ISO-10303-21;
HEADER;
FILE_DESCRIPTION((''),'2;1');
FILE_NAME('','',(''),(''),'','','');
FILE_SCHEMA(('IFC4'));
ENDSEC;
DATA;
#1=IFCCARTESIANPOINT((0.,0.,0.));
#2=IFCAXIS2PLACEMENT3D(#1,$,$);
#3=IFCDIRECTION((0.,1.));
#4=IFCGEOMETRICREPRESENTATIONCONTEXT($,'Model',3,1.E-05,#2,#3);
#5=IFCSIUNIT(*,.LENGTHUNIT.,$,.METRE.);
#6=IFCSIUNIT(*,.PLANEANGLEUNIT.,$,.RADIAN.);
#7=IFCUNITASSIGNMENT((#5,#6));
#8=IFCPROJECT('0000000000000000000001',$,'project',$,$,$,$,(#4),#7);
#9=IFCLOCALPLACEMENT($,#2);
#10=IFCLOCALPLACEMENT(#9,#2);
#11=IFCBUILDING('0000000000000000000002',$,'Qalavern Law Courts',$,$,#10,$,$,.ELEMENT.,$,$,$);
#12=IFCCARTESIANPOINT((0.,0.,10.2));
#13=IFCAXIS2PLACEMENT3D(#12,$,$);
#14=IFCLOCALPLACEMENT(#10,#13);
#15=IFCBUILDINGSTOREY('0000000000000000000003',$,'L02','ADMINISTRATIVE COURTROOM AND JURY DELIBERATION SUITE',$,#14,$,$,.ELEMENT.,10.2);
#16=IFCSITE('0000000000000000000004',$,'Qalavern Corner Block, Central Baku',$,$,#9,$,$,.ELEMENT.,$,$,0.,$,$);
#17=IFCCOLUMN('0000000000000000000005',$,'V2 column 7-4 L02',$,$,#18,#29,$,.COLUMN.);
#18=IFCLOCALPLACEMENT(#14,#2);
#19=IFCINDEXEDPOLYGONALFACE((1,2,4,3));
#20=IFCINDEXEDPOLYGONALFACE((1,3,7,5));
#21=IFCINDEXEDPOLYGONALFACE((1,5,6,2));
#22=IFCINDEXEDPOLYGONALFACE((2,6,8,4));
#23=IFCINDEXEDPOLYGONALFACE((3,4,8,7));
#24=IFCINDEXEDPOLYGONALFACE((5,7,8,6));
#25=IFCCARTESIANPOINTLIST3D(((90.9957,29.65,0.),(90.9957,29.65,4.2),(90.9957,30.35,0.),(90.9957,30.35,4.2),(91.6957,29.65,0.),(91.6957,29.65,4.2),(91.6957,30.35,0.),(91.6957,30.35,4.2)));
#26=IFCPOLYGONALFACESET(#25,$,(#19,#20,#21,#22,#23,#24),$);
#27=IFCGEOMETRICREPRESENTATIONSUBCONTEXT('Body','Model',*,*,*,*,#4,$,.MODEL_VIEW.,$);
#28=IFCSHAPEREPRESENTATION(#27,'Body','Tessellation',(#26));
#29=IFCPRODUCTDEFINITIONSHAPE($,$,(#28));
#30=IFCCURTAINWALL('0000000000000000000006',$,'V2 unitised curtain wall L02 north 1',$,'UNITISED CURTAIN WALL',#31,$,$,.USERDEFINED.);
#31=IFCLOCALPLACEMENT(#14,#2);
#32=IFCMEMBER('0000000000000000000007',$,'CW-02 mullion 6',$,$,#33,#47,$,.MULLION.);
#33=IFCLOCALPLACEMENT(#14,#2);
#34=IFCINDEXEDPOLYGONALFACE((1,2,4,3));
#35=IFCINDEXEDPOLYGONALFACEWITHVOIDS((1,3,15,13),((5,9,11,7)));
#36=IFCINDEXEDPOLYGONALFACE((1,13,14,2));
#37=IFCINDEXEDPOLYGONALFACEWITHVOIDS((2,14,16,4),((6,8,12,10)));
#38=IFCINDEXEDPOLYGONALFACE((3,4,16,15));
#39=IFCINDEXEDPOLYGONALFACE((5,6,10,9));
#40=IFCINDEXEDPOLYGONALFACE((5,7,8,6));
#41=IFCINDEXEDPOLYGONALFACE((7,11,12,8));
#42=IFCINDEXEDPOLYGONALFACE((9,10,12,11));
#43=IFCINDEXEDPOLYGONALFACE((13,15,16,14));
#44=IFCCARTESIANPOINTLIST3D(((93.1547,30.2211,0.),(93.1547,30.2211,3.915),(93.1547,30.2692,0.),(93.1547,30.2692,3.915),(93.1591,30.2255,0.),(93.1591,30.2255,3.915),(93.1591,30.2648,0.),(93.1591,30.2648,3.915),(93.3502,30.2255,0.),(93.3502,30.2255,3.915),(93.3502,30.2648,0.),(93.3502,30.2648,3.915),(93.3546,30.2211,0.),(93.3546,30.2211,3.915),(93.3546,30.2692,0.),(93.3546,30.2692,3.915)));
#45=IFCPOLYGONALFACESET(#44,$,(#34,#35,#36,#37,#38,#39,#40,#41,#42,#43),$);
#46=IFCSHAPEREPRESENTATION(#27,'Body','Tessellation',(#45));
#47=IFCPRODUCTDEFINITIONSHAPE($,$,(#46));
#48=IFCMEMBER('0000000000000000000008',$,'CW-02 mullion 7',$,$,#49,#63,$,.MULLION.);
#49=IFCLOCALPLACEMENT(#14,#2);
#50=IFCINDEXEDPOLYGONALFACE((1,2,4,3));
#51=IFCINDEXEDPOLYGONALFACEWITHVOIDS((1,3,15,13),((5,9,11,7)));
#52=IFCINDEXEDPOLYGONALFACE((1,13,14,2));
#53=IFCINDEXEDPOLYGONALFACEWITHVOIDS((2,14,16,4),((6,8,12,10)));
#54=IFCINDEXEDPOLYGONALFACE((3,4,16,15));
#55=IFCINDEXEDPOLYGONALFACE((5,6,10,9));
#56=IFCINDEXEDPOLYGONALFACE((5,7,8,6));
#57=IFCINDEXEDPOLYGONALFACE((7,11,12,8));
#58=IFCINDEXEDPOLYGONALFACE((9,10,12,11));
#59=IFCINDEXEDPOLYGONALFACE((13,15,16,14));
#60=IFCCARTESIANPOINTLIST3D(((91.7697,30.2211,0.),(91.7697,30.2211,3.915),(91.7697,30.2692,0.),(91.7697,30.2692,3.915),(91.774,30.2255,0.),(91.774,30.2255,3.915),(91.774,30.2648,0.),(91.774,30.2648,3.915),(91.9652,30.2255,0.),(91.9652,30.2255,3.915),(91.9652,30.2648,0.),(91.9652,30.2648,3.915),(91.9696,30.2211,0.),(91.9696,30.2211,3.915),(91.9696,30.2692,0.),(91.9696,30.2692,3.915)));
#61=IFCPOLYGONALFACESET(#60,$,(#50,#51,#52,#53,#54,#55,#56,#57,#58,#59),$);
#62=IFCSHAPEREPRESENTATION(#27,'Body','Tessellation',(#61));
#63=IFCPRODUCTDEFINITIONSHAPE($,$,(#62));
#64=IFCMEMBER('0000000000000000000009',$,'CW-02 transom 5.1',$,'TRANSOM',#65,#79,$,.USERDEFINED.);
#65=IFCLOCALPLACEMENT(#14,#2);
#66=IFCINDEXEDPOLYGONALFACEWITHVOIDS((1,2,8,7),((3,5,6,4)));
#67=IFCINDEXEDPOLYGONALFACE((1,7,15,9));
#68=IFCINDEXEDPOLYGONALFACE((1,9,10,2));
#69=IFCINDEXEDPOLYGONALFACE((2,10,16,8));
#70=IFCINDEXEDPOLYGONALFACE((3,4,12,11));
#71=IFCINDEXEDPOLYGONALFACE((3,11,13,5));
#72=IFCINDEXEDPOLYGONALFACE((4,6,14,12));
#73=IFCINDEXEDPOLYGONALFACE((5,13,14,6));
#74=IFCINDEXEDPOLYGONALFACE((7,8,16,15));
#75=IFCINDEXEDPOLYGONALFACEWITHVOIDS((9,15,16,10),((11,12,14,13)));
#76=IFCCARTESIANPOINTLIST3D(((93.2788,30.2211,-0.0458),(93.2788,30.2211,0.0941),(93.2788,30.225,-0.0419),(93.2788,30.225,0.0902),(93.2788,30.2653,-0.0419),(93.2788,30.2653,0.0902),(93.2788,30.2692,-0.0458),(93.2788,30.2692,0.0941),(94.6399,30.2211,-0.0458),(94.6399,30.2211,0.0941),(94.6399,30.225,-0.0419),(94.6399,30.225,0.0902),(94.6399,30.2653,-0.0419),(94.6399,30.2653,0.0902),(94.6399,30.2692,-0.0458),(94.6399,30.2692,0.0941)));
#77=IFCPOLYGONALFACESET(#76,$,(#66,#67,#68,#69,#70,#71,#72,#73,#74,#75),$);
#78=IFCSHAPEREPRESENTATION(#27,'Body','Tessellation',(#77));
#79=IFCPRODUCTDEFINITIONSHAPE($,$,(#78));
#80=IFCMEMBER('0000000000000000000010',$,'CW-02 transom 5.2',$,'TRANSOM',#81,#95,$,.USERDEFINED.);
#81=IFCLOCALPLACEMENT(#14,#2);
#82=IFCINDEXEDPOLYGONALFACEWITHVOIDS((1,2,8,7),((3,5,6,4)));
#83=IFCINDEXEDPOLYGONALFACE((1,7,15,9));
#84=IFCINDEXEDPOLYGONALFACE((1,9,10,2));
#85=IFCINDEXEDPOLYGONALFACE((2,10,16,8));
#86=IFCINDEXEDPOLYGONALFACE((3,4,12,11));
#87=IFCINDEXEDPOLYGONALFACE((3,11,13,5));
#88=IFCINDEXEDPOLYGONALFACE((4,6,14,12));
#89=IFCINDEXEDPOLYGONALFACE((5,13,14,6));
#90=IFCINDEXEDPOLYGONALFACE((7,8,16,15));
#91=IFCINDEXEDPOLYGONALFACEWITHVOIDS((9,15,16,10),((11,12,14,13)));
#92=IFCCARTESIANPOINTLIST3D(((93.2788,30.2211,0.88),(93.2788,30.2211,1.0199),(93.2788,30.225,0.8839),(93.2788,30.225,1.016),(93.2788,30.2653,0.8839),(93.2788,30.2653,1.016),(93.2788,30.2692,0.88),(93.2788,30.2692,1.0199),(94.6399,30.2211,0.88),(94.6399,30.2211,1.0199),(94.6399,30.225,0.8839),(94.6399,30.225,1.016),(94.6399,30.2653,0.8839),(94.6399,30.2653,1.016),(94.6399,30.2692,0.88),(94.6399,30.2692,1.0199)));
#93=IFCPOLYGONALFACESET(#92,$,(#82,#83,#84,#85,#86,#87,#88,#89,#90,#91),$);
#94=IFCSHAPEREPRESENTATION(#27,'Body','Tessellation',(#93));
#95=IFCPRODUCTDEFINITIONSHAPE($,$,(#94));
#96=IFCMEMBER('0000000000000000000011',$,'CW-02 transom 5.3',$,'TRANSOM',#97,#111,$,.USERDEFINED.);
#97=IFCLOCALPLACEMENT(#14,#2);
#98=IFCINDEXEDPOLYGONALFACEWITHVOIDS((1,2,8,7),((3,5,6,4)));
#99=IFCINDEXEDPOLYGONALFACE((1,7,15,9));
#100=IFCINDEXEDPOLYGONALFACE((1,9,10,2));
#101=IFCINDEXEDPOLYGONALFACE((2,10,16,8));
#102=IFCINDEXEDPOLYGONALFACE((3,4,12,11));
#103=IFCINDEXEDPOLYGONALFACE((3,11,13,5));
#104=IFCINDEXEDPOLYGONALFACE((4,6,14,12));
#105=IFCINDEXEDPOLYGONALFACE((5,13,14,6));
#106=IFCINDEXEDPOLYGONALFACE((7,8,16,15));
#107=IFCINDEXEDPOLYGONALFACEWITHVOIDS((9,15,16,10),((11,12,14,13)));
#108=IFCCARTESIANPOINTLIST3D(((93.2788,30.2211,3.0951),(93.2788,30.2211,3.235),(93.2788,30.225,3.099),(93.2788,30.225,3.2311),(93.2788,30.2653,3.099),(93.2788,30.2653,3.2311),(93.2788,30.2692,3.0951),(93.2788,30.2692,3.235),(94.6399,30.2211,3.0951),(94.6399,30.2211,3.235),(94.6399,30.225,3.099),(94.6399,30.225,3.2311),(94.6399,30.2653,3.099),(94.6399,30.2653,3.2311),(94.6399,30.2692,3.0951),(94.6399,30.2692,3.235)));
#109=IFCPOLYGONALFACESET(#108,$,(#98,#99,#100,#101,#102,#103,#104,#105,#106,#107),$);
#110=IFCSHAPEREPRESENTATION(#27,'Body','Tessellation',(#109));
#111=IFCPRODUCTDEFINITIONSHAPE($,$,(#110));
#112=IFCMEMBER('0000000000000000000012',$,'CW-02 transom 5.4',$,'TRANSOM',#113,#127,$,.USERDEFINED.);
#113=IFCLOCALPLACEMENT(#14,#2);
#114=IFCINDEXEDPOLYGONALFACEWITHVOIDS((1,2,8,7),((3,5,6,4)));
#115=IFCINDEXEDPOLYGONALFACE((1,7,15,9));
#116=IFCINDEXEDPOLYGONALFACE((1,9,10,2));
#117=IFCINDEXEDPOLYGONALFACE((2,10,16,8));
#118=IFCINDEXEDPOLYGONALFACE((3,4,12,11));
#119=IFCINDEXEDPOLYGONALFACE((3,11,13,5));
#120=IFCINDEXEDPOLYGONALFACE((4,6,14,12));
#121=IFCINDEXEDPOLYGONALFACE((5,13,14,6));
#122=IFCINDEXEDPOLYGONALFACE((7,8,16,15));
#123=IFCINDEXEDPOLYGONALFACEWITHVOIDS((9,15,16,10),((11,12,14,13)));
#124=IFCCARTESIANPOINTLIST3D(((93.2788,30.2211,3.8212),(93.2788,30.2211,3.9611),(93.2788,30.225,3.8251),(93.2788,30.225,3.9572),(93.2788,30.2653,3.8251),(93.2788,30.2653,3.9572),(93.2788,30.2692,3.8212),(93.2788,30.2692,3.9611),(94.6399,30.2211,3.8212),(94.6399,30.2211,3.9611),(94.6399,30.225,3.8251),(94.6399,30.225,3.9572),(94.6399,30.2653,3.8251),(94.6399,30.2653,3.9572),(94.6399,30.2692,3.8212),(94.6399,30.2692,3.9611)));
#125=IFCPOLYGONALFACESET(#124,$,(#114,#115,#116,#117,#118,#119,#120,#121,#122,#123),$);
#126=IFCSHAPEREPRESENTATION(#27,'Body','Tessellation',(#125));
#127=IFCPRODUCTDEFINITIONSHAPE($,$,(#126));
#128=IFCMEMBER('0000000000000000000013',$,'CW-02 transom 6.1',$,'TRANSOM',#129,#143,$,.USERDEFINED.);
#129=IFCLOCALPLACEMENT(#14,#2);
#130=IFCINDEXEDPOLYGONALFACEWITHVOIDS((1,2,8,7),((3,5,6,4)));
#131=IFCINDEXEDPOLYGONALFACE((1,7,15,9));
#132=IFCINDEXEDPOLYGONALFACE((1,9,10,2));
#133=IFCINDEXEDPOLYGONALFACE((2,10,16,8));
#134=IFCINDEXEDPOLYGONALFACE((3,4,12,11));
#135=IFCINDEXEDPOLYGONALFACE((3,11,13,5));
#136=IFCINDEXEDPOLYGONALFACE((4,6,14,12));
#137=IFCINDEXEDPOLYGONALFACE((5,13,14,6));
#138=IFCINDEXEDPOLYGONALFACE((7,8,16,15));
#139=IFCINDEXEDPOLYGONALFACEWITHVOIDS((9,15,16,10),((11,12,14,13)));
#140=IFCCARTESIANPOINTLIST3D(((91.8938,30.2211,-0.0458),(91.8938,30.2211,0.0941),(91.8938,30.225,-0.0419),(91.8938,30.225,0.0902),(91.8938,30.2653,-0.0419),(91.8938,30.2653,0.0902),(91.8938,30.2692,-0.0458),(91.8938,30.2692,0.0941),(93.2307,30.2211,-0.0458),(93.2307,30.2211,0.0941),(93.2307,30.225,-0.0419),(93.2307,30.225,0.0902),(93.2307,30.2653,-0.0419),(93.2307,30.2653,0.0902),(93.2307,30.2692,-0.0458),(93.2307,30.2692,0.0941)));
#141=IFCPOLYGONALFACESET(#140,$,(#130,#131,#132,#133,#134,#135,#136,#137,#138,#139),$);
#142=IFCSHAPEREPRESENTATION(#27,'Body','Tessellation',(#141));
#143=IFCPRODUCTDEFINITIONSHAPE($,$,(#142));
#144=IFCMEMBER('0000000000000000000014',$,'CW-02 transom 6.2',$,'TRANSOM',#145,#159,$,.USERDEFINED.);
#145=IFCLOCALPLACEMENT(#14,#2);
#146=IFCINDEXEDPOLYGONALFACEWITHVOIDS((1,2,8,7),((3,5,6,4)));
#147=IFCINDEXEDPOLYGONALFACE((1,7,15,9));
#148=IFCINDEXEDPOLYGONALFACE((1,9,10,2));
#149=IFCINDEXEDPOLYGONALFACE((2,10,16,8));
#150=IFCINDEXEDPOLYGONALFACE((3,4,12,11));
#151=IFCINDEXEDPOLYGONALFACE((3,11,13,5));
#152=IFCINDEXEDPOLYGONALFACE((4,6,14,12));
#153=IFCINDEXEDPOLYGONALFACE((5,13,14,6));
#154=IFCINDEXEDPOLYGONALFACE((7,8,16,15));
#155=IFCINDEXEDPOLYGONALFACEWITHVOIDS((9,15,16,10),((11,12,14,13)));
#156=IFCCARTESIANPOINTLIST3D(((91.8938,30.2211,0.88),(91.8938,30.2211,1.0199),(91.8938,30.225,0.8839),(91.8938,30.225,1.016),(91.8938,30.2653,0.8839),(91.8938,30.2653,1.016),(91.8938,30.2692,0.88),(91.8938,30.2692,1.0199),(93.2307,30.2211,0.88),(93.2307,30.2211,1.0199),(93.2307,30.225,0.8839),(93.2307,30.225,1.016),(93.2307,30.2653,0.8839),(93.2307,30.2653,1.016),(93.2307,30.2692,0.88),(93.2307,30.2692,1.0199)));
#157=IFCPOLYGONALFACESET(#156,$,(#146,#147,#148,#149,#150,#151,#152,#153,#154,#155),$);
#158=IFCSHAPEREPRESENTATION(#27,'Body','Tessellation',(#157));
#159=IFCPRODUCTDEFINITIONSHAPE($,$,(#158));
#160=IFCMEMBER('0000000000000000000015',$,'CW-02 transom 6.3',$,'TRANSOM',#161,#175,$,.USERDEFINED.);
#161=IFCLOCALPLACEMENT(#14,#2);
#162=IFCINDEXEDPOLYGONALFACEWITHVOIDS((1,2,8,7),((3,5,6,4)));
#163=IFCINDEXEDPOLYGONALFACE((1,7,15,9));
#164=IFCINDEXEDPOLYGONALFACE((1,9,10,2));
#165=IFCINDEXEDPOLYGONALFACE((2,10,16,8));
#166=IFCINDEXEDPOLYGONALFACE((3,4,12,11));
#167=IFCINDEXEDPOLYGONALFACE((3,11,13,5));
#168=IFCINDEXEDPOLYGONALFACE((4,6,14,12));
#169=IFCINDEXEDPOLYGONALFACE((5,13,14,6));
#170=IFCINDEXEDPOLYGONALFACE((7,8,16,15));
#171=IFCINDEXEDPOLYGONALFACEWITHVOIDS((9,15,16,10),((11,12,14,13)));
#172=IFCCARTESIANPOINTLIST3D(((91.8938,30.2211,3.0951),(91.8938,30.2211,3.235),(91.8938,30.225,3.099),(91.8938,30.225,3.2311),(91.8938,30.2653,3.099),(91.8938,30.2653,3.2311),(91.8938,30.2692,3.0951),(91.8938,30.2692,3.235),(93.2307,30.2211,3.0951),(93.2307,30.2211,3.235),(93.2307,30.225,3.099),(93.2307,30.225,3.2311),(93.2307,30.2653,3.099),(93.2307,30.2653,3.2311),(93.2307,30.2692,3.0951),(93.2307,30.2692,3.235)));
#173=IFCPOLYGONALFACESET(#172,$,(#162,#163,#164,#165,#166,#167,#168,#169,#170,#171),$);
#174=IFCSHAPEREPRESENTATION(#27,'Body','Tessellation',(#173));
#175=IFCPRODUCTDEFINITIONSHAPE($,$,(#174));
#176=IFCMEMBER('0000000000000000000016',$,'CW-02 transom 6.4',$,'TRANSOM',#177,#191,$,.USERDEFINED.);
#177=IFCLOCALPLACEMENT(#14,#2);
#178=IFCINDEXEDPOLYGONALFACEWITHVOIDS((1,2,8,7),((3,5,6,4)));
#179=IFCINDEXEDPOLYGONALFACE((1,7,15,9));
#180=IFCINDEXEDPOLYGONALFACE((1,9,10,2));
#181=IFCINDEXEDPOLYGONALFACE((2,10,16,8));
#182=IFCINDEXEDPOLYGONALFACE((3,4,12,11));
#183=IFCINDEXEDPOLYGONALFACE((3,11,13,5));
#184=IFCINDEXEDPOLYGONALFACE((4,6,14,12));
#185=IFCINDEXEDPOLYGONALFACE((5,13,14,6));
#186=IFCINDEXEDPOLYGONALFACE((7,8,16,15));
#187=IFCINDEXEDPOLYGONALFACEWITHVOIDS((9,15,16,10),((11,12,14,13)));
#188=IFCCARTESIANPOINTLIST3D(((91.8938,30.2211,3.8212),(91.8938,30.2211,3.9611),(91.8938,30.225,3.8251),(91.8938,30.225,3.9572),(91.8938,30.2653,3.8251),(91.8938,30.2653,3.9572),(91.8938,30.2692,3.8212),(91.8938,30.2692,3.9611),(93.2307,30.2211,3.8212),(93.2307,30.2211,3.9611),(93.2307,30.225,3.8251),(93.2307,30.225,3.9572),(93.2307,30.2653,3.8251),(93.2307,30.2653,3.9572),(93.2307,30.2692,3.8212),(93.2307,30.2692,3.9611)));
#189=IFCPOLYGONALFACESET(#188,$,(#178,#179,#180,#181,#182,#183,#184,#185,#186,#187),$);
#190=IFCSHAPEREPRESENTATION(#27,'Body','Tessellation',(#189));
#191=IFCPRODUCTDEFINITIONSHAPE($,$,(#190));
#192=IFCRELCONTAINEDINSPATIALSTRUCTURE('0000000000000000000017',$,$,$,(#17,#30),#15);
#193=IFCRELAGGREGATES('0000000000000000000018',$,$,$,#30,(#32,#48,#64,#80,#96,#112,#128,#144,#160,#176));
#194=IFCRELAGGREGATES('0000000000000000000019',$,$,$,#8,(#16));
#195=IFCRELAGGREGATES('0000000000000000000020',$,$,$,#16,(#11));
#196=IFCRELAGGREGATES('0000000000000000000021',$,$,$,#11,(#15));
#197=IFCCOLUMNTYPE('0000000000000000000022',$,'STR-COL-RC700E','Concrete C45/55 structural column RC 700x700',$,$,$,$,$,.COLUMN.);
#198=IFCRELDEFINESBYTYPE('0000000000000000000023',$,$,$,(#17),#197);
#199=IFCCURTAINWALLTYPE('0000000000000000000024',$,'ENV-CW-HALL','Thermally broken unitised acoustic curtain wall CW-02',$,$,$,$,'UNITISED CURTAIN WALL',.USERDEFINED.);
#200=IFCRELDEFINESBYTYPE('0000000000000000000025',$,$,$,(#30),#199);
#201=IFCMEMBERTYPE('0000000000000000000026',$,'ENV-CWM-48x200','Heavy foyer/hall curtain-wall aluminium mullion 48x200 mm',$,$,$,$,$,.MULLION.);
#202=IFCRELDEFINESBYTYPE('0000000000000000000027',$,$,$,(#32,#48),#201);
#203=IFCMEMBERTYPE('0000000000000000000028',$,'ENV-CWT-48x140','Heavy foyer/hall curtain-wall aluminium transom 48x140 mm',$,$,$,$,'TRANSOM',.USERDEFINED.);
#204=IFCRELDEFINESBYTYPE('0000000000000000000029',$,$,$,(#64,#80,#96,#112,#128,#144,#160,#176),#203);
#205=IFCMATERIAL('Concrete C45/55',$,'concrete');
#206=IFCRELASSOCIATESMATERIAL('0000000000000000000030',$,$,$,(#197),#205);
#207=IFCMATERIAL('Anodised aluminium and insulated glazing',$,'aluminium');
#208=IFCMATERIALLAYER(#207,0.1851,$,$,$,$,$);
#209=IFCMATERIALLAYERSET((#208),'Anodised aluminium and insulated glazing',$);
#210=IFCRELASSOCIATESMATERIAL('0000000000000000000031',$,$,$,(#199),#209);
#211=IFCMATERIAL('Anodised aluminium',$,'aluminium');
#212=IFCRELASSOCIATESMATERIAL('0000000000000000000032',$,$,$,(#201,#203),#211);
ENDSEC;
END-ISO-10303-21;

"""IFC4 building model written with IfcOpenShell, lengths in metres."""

from ifc_helpers import new_model, si_unit, direction, frame, origin, origin_2d, place, context, subcontext, project, spatial, rectangle, hollow_rectangle, extrude, material, layer, layer_set, material_profile, profile_set, type_object, element, aggregate, save


model = new_model("IFC4")

# Units and contexts
model_context = context("Model", 3, precision=1e-05, world=origin(), true_north=direction((0.0, 1.0)))
body_context = subcontext(model_context, "Body", "Model", "MODEL_VIEW")
ifc_project = project(units=[si_unit("LENGTHUNIT", "METRE"), si_unit("PLANEANGLEUNIT", "RADIAN")], contexts=[model_context])

# Site, building, storey
site_placement = place(None, origin())
site = spatial("IfcSite", under=ifc_project, at=site_placement, Name="Qalavern Corner Block, Central Baku", CompositionType="ELEMENT", RefElevation=0.0)
building_placement = place(site_placement, origin())
building = spatial("IfcBuilding", under=site, at=building_placement, Name="Qalavern Law Courts", CompositionType="ELEMENT")
storey_placement = place(building_placement, frame((0.0, 0.0, 10.2)))
storey = spatial("IfcBuildingStorey", under=building, at=storey_placement, Name="L02", Description="ADMINISTRATIVE COURTROOM AND JURY DELIBERATION SUITE", CompositionType="ELEMENT", Elevation=10.2)

# Column
ifc_material_1 = material(Name="Concrete C45/55", Category="concrete")
ifc_material_profile_1 = material_profile(ifc_material_1, rectangle(XDim=0.7, YDim=0.7, at=origin_2d()), Name="RC 700x700")
ifc_profile_set_1 = profile_set([ifc_material_profile_1], Name="Concrete C45/55")
column_type = type_object("IfcColumnType", Name="STR-COL-RC700E", Description="Concrete C45/55 structural column RC 700x700", PredefinedType="COLUMN", material=ifc_profile_set_1)
column_placement = place(storey_placement, frame((91.3457, 30.0, 0.0), z_axis=(0.0, 0.0, 1.0), x_axis=(1.0, 0.0, 0.0)))
element("IfcColumn", 1, at=column_placement, inside=storey, type_object=column_type, Name="V2 column 7-4 L02", PredefinedType="COLUMN", context=body_context, shape_type="SweptSolid", body=[
    extrude(rectangle(XDim=0.7, YDim=0.7, at=origin_2d()), origin(), (0.0, 0.0, 1.0), 4.2),
])

# Curtain wall, members
ifc_material_2 = material(Name="Anodised aluminium and insulated glazing", Category="aluminium")
ifc_layer_1 = layer(ifc_material_2, 0.1851)
ifc_layer_set_1 = layer_set([ifc_layer_1], Name="Anodised aluminium and insulated glazing")
curtain_wall_type = type_object("IfcCurtainWallType", Name="ENV-CW-HALL", Description="Thermally broken unitised acoustic curtain wall CW-02", ElementType="UNITISED CURTAIN WALL", PredefinedType="USERDEFINED", material=ifc_layer_set_1)
curtain_wall_placement = place(storey_placement, origin())
curtain_wall = element("IfcCurtainWall", 2, at=curtain_wall_placement, inside=storey, type_object=curtain_wall_type, Name="V2 unitised curtain wall L02 north 1", ObjectType="UNITISED CURTAIN WALL", PredefinedType="USERDEFINED")
ifc_material_3 = material(Name="Anodised aluminium", Category="aluminium")
ifc_material_profile_2 = material_profile(ifc_material_3, hollow_rectangle(XDim=0.0481, YDim=0.2, WallThickness=0.0044, at=origin_2d()), Name="ALU MULLION 48x200")
ifc_profile_set_2 = profile_set([ifc_material_profile_2], Name="Anodised aluminium")
member_type_1 = type_object("IfcMemberType", Name="ENV-CWM-48x200", Description="Heavy foyer/hall curtain-wall aluminium mullion 48x200 mm", PredefinedType="MULLION", material=ifc_profile_set_2)
member_1_placement = place(storey_placement, frame((93.2546, 30.2451, 0.0), z_axis=(0.0, 0.0, 1.0), x_axis=(0.0, -1.0, 0.0)))
member_1 = element("IfcMember", 3, at=member_1_placement, type_object=member_type_1, Name="CW-02 mullion 6", PredefinedType="MULLION", context=body_context, shape_type="SweptSolid", body=[
    extrude(hollow_rectangle(XDim=0.0481, YDim=0.2, WallThickness=0.0044, at=origin_2d()), origin(), (0.0, 0.0, 1.0), 3.915),
])
member_2_placement = place(storey_placement, frame((91.8696, 30.2451, 0.0), z_axis=(0.0, 0.0, 1.0), x_axis=(0.0, -1.0, 0.0)))
member_2 = element("IfcMember", 4, at=member_2_placement, type_object=member_type_1, Name="CW-02 mullion 7", PredefinedType="MULLION", context=body_context, shape_type="SweptSolid", body=[
    extrude(hollow_rectangle(XDim=0.0481, YDim=0.2, WallThickness=0.0044, at=origin_2d()), origin(), (0.0, 0.0, 1.0), 3.915),
])
ifc_material_profile_3 = material_profile(ifc_material_3, hollow_rectangle(XDim=0.0481, YDim=0.1399, WallThickness=0.0039, at=origin_2d()), Name="ALU TRANSOM 48x140")
ifc_profile_set_3 = profile_set([ifc_material_profile_3], Name="Anodised aluminium")
member_type_2 = type_object("IfcMemberType", Name="ENV-CWT-48x140", Description="Heavy foyer/hall curtain-wall aluminium transom 48x140 mm", ElementType="TRANSOM", PredefinedType="USERDEFINED", material=ifc_profile_set_3)
member_3_placement = place(storey_placement, frame((94.6399, 30.2451, 0.0242), z_axis=(-1.0, 0.0, 0.0), x_axis=(0.0, -1.0, 0.0)))
member_3 = element("IfcMember", 5, at=member_3_placement, type_object=member_type_2, Name="CW-02 transom 5.1", ObjectType="TRANSOM", PredefinedType="USERDEFINED", context=body_context, shape_type="SweptSolid", body=[
    extrude(hollow_rectangle(XDim=0.0481, YDim=0.1399, WallThickness=0.0039, at=origin_2d()), origin(), (0.0, 0.0, 1.0), 1.3611),
])
member_4_placement = place(storey_placement, frame((94.6399, 30.2451, 0.95), z_axis=(-1.0, 0.0, 0.0), x_axis=(0.0, -1.0, 0.0)))
member_4 = element("IfcMember", 6, at=member_4_placement, type_object=member_type_2, Name="CW-02 transom 5.2", ObjectType="TRANSOM", PredefinedType="USERDEFINED", context=body_context, shape_type="SweptSolid", body=[
    extrude(hollow_rectangle(XDim=0.0481, YDim=0.1399, WallThickness=0.0039, at=origin_2d()), origin(), (0.0, 0.0, 1.0), 1.3611),
])
member_5_placement = place(storey_placement, frame((94.6399, 30.2451, 3.165), z_axis=(-1.0, 0.0, 0.0), x_axis=(0.0, -1.0, 0.0)))
member_5 = element("IfcMember", 7, at=member_5_placement, type_object=member_type_2, Name="CW-02 transom 5.3", ObjectType="TRANSOM", PredefinedType="USERDEFINED", context=body_context, shape_type="SweptSolid", body=[
    extrude(hollow_rectangle(XDim=0.0481, YDim=0.1399, WallThickness=0.0039, at=origin_2d()), origin(), (0.0, 0.0, 1.0), 1.3611),
])
member_6_placement = place(storey_placement, frame((94.6399, 30.2451, 3.8911), z_axis=(-1.0, 0.0, 0.0), x_axis=(0.0, -1.0, 0.0)))
member_6 = element("IfcMember", 8, at=member_6_placement, type_object=member_type_2, Name="CW-02 transom 5.4", ObjectType="TRANSOM", PredefinedType="USERDEFINED", context=body_context, shape_type="SweptSolid", body=[
    extrude(hollow_rectangle(XDim=0.0481, YDim=0.1399, WallThickness=0.0039, at=origin_2d()), origin(), (0.0, 0.0, 1.0), 1.3611),
])
member_7_placement = place(storey_placement, frame((93.2307, 30.2451, 0.0242), z_axis=(-1.0, 0.0, 0.0), x_axis=(0.0, -1.0, 0.0)))
member_7 = element("IfcMember", 9, at=member_7_placement, type_object=member_type_2, Name="CW-02 transom 6.1", ObjectType="TRANSOM", PredefinedType="USERDEFINED", context=body_context, shape_type="SweptSolid", body=[
    extrude(hollow_rectangle(XDim=0.0481, YDim=0.1399, WallThickness=0.0039, at=origin_2d()), origin(), (0.0, 0.0, 1.0), 1.3369),
])
member_8_placement = place(storey_placement, frame((93.2307, 30.2451, 0.95), z_axis=(-1.0, 0.0, 0.0), x_axis=(0.0, -1.0, 0.0)))
member_8 = element("IfcMember", 10, at=member_8_placement, type_object=member_type_2, Name="CW-02 transom 6.2", ObjectType="TRANSOM", PredefinedType="USERDEFINED", context=body_context, shape_type="SweptSolid", body=[
    extrude(hollow_rectangle(XDim=0.0481, YDim=0.1399, WallThickness=0.0039, at=origin_2d()), origin(), (0.0, 0.0, 1.0), 1.3369),
])
member_9_placement = place(storey_placement, frame((93.2307, 30.2451, 3.165), z_axis=(-1.0, 0.0, 0.0), x_axis=(0.0, -1.0, 0.0)))
member_9 = element("IfcMember", 11, at=member_9_placement, type_object=member_type_2, Name="CW-02 transom 6.3", ObjectType="TRANSOM", PredefinedType="USERDEFINED", context=body_context, shape_type="SweptSolid", body=[
    extrude(hollow_rectangle(XDim=0.0481, YDim=0.1399, WallThickness=0.0039, at=origin_2d()), origin(), (0.0, 0.0, 1.0), 1.3369),
])
member_10_placement = place(storey_placement, frame((93.2307, 30.2451, 3.8911), z_axis=(-1.0, 0.0, 0.0), x_axis=(0.0, -1.0, 0.0)))
member_10 = element("IfcMember", 12, at=member_10_placement, type_object=member_type_2, Name="CW-02 transom 6.4", ObjectType="TRANSOM", PredefinedType="USERDEFINED", context=body_context, shape_type="SweptSolid", body=[
    extrude(hollow_rectangle(XDim=0.0481, YDim=0.1399, WallThickness=0.0039, at=origin_2d()), origin(), (0.0, 0.0, 1.0), 1.3369),
])

aggregate(curtain_wall, [member_1, member_2, member_3, member_4, member_5, member_6, member_7, member_8, member_9, member_10])

save(model, "model.ifc")
